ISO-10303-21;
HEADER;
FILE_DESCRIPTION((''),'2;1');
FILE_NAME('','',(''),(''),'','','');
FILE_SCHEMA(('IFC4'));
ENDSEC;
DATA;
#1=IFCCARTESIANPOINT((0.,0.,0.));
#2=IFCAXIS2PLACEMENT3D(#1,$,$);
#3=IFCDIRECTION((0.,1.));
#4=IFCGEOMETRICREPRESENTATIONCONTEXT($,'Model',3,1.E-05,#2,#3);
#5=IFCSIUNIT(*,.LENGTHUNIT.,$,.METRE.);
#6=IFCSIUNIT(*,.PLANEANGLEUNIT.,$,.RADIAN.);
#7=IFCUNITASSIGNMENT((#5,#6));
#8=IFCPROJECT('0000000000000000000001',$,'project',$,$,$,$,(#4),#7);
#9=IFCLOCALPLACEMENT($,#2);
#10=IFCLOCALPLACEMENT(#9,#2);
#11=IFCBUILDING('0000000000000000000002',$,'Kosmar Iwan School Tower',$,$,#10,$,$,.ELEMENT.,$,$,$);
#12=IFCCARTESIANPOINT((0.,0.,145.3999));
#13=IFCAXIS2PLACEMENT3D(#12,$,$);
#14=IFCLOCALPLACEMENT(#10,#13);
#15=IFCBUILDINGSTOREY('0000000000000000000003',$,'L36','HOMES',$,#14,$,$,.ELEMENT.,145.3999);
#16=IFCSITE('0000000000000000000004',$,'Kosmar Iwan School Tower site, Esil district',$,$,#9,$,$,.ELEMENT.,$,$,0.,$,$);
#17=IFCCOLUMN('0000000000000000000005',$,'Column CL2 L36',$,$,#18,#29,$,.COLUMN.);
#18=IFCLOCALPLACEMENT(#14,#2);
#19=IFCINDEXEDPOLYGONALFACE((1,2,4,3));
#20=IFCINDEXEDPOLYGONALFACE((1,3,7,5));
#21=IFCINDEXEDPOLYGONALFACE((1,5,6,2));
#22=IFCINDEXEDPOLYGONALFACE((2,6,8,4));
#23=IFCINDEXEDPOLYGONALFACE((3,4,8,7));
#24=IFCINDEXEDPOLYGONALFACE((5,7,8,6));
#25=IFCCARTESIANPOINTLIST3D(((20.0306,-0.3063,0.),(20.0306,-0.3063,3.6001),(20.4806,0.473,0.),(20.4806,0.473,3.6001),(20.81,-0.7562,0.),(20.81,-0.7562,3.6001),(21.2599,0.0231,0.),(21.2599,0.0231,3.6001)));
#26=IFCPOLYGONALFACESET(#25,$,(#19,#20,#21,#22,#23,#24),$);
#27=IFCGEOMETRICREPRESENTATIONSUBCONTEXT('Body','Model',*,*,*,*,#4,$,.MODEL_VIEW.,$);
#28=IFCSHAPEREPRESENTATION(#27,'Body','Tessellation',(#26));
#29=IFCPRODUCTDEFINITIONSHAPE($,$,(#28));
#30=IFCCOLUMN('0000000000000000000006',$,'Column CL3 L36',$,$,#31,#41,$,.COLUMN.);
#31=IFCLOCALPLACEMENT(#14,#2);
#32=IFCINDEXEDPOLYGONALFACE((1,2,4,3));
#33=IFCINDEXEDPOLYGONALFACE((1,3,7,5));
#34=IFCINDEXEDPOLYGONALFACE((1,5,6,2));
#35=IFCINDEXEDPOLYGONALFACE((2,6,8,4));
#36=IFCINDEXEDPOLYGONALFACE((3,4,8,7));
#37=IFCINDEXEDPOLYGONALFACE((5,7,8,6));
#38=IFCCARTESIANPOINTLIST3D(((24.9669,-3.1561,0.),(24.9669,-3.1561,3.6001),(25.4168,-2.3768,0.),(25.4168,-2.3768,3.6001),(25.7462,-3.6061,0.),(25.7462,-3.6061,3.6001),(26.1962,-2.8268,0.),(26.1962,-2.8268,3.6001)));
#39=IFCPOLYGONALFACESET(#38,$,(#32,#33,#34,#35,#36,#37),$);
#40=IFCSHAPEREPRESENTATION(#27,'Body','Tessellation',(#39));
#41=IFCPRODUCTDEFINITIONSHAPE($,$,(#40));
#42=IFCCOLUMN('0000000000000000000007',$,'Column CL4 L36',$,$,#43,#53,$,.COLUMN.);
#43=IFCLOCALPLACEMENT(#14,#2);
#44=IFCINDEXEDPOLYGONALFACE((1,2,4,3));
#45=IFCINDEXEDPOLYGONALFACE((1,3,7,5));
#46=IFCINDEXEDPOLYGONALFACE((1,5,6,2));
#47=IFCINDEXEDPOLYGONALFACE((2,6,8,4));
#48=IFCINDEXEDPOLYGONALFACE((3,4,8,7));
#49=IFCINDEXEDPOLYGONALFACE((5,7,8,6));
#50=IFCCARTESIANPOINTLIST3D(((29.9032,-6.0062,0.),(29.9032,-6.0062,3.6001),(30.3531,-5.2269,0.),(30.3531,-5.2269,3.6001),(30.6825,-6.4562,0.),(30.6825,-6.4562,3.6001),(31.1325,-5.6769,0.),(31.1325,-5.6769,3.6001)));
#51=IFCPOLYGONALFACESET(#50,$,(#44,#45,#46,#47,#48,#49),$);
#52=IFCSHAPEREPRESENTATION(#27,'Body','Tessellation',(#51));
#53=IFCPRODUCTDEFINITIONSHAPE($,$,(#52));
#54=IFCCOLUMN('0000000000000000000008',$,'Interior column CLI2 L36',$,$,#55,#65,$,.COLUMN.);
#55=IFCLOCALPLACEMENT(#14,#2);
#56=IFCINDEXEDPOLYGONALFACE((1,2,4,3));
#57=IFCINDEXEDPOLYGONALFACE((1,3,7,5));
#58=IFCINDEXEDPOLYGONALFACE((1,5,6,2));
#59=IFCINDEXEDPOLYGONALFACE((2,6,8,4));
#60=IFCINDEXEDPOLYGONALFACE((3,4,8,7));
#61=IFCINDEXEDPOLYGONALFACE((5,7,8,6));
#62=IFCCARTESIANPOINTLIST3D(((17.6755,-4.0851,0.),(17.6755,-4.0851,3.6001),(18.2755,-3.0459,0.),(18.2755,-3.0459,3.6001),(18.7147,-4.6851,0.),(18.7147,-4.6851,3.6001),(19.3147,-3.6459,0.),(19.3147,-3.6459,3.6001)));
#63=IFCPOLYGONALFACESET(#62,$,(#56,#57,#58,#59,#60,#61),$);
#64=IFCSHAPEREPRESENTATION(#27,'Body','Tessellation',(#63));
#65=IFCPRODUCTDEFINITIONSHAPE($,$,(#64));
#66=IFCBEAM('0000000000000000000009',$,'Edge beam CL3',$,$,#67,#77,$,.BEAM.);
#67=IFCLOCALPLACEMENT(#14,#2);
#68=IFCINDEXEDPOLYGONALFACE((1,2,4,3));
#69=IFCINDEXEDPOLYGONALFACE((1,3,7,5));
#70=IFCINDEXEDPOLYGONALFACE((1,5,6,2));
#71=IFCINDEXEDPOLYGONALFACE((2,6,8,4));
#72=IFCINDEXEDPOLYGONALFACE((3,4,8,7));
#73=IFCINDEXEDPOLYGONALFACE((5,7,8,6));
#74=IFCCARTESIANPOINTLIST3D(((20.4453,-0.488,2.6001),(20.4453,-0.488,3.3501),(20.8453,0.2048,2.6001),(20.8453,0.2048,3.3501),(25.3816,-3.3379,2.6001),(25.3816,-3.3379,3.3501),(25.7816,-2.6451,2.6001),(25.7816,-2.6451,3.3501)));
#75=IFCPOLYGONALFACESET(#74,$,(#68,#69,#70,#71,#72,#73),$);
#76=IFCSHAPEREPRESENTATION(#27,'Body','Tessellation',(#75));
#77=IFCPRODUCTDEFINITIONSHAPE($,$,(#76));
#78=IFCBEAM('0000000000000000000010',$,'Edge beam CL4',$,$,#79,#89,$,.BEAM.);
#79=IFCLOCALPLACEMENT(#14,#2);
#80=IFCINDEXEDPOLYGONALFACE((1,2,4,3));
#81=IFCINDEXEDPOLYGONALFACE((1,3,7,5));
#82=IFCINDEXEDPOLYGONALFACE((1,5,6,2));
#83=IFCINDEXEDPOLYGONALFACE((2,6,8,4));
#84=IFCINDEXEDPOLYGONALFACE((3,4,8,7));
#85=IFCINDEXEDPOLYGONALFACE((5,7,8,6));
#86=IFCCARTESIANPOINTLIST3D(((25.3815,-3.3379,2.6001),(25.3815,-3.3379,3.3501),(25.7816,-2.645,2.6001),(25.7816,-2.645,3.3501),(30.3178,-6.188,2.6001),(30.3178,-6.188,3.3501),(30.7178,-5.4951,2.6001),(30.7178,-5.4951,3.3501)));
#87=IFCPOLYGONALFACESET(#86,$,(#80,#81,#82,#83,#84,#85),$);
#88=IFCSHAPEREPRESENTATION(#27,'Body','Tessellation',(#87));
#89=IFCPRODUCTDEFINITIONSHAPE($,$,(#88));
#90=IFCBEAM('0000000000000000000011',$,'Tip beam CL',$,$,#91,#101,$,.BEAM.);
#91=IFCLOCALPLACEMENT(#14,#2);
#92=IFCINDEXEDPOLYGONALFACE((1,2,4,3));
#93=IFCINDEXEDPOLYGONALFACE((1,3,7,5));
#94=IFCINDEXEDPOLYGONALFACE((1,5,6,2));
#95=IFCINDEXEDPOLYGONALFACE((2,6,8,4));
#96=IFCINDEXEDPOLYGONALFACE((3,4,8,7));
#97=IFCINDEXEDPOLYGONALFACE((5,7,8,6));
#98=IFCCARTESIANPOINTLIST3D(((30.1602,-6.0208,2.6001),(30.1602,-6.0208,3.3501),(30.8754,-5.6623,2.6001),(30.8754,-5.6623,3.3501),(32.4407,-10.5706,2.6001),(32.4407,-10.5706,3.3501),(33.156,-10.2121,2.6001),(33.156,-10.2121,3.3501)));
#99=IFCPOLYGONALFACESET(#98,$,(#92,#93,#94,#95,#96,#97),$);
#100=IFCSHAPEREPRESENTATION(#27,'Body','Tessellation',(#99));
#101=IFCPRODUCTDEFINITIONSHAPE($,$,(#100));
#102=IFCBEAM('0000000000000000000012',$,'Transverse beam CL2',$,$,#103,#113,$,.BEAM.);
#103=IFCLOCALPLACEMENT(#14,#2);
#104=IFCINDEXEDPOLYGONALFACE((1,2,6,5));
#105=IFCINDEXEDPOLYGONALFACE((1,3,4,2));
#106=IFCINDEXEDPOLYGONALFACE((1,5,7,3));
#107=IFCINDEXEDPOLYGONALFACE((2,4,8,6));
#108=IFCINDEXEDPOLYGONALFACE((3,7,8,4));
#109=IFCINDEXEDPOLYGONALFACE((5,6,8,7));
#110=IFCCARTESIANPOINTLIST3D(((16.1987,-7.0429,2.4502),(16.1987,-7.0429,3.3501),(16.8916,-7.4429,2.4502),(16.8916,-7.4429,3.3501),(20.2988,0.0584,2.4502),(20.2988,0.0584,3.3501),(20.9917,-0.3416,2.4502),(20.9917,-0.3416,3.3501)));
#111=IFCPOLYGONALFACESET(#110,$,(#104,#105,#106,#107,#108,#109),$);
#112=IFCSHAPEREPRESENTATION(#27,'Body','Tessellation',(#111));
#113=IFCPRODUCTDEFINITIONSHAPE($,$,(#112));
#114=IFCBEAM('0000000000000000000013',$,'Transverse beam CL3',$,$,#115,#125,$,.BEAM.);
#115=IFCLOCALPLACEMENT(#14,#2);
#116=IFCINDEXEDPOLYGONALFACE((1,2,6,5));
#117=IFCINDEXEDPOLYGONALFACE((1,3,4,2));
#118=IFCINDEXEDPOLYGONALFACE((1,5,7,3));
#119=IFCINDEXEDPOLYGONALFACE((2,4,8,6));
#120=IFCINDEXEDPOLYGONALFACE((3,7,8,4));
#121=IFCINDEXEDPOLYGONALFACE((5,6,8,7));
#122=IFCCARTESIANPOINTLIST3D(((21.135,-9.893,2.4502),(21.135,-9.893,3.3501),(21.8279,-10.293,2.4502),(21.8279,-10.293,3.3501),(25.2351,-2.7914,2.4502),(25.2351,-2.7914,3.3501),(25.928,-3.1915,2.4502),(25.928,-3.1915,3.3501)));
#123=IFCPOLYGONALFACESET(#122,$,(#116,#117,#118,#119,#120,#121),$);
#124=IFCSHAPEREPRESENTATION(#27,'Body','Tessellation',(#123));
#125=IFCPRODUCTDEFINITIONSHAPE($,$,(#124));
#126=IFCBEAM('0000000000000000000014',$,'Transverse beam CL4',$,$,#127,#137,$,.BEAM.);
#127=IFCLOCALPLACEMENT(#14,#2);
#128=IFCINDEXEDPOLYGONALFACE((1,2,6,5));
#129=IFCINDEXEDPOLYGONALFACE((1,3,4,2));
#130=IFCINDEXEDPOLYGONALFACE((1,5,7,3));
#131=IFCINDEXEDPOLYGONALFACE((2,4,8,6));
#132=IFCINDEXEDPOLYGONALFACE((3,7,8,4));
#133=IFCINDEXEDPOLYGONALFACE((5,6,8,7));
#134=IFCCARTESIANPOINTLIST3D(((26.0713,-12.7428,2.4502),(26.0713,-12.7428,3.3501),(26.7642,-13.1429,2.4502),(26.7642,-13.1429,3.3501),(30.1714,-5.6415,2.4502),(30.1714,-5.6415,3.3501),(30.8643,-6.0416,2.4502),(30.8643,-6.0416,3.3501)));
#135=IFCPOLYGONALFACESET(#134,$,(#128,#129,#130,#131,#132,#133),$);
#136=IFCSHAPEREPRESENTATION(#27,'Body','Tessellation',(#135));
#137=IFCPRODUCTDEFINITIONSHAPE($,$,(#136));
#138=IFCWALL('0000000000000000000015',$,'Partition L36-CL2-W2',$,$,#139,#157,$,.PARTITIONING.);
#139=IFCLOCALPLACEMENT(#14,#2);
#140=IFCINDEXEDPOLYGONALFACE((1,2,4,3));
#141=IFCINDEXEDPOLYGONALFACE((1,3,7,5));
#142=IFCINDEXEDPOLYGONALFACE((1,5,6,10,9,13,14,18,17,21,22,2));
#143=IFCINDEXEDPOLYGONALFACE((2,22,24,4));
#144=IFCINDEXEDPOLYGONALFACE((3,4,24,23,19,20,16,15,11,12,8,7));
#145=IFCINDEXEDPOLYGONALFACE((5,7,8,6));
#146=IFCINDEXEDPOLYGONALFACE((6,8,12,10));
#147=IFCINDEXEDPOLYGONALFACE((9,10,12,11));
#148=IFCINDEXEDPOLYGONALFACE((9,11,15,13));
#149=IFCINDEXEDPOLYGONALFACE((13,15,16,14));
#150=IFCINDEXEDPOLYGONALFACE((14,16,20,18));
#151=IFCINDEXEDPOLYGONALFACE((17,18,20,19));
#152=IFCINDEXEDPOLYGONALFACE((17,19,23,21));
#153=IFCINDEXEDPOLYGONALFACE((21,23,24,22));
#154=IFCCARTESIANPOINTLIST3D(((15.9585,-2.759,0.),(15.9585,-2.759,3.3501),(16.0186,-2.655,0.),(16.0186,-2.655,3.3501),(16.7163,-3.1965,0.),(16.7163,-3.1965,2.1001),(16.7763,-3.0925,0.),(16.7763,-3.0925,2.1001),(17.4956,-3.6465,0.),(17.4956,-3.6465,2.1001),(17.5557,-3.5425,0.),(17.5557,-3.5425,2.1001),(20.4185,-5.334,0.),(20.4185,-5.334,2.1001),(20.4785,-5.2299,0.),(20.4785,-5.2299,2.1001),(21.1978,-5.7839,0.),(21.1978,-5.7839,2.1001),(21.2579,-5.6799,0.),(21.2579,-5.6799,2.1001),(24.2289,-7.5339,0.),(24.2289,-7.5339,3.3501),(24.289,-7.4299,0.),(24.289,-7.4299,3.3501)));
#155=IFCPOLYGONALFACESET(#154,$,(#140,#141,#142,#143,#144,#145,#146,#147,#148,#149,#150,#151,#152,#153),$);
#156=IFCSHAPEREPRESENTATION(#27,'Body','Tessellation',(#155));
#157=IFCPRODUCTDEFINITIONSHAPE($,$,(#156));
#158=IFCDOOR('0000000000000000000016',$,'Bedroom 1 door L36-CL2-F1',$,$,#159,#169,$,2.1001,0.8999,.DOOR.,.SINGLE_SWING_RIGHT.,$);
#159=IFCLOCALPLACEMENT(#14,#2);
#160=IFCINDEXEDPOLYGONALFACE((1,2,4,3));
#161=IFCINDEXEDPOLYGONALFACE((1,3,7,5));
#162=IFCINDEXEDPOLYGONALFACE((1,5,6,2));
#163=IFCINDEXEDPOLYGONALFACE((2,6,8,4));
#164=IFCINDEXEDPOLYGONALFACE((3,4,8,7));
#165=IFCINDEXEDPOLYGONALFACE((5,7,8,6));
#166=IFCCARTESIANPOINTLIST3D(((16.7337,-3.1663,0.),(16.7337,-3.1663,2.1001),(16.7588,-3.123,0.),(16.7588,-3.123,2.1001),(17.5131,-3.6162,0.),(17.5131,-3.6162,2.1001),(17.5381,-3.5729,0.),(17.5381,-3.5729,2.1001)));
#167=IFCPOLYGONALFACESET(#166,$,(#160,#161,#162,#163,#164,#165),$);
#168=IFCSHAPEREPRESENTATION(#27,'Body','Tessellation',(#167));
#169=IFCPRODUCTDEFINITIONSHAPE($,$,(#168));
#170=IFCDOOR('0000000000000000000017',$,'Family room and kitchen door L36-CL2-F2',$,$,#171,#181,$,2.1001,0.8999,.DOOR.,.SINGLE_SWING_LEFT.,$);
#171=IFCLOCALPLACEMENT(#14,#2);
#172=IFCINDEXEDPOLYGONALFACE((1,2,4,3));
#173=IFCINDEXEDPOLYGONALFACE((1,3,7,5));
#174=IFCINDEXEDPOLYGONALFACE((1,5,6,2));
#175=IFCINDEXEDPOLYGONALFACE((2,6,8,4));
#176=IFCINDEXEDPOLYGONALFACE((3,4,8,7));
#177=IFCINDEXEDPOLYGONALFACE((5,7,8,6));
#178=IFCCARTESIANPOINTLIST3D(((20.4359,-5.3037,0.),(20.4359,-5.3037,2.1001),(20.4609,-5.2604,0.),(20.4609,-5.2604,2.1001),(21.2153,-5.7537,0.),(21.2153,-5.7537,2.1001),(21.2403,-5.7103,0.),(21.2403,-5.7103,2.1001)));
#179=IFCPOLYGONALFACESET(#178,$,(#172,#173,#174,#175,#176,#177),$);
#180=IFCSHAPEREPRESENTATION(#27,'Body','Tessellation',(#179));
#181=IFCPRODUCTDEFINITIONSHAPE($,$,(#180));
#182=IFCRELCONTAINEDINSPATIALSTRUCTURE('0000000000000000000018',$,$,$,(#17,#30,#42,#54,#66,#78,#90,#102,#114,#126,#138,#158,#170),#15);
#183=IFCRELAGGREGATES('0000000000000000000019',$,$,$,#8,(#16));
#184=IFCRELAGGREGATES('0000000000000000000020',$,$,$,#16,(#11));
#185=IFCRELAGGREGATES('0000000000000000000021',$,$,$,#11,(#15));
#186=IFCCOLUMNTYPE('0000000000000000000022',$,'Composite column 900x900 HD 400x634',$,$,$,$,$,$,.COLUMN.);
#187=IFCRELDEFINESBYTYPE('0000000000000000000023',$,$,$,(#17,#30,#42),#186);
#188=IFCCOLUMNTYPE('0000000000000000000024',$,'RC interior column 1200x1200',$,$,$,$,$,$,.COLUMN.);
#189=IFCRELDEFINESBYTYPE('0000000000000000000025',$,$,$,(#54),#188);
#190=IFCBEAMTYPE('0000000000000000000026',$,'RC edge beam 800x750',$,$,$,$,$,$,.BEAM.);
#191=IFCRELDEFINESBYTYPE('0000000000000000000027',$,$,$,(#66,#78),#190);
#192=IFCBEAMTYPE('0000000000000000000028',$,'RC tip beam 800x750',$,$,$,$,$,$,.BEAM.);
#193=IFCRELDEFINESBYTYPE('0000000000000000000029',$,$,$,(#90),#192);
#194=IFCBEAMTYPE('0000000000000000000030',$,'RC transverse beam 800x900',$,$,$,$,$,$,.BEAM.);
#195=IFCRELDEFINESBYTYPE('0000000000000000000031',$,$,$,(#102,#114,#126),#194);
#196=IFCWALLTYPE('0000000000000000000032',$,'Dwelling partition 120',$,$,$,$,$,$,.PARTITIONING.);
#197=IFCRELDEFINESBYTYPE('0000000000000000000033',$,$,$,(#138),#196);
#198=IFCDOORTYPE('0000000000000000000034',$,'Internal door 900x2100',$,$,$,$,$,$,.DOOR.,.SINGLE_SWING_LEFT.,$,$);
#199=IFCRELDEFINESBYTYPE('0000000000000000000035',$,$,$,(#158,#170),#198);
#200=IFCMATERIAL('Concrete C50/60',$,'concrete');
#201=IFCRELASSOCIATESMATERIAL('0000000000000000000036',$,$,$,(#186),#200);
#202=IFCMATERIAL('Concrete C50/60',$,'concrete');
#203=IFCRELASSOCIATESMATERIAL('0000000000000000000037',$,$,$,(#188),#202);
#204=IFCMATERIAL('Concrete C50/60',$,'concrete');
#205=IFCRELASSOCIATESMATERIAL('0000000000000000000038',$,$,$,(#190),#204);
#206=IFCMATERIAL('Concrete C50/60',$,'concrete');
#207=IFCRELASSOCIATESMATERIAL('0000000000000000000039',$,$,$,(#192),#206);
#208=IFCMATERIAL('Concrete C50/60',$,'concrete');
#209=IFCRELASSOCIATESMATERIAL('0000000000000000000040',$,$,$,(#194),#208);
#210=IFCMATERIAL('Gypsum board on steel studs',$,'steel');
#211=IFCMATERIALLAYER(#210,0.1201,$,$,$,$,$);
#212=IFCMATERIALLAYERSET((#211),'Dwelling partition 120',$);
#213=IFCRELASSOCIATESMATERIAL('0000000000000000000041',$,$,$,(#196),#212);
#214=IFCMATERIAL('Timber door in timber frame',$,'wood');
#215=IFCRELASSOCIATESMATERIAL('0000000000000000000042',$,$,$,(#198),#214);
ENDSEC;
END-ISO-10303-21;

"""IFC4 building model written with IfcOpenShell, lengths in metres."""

from ifc_helpers import new_model, si_unit, direction, frame, frame_2d, origin, origin_2d, place, context, subcontext, project, spatial, rectangle, extrude, material, layer, layer_set, material_profile, profile_set, type_object, element, fill, save


model = new_model("IFC4")

# Units and contexts
model_context = context("Model", 3, precision=1e-05, world=origin(), true_north=direction((0.0, 1.0)))
body_context = subcontext(model_context, "Body", "Model", "MODEL_VIEW")
ifc_project = project(units=[si_unit("LENGTHUNIT", "METRE"), si_unit("PLANEANGLEUNIT", "RADIAN")], contexts=[model_context])

# Site, building, storey
site_placement = place(None, origin())
site = spatial("IfcSite", under=ifc_project, at=site_placement, Name="Kosmar Iwan School Tower site, Esil district", CompositionType="ELEMENT", RefElevation=0.0)
building_placement = place(site_placement, origin())
building = spatial("IfcBuilding", under=site, at=building_placement, Name="Kosmar Iwan School Tower", CompositionType="ELEMENT")
storey_placement = place(building_placement, frame((0.0, 0.0, 145.3999)))
storey = spatial("IfcBuildingStorey", under=building, at=storey_placement, Name="L36", Description="HOMES", CompositionType="ELEMENT", Elevation=145.3999)

# Columns
ifc_material_1 = material(Name="Concrete C50/60", Category="concrete")
ifc_material_profile_1 = material_profile(ifc_material_1, rectangle(XDim=0.8999, YDim=0.8999, at=origin_2d()), Name="RC 900x900 + HD 400x634")
ifc_profile_set_1 = profile_set([ifc_material_profile_1], Name="Concrete C50/60")
column_type_1 = type_object("IfcColumnType", Name="Composite column 900x900 HD 400x634", PredefinedType="COLUMN", material=ifc_profile_set_1)
for number, where, z_axis, x_axis, name in (
    (1, (20.6453, -0.1416, 0.0), (0.0, 0.0, 1.0), (0.866025, -0.5, 0.0), "Column CL2 L36"),
    (2, (25.5815, -2.9915, 0.0), (0.0, 0.0, 1.0), (0.866025, -0.5, 0.0), "Column CL3 L36"),
    (3, (30.5178, -5.8416, 0.0), (0.0, 0.0, 1.0), (0.866025, -0.5, 0.0), "Column CL4 L36"),
):
    element("IfcColumn", number, at=place(storey_placement, frame(where, z_axis=z_axis, x_axis=x_axis)), inside=storey, type_object=column_type_1, Name=name, PredefinedType="COLUMN", context=body_context, shape_type="SweptSolid", body=[
        extrude(rectangle(XDim=0.8999, YDim=0.8999, at=origin_2d()), origin(), (0.0, 0.0, 1.0), 3.6001),
    ])
ifc_material_2 = material(Name="Concrete C50/60", Category="concrete")
ifc_material_profile_2 = material_profile(ifc_material_2, rectangle(XDim=1.2, YDim=1.2, at=origin_2d()), Name="RC 1200x1200")
ifc_profile_set_2 = profile_set([ifc_material_profile_2], Name="Concrete C50/60")
column_type_2 = type_object("IfcColumnType", Name="RC interior column 1200x1200", PredefinedType="COLUMN", material=ifc_profile_set_2)
column_placement = place(storey_placement, frame((18.4951, -3.8655, 0.0), z_axis=(0.0, 0.0, 1.0), x_axis=(0.866025, -0.5, 0.0)))
element("IfcColumn", 4, at=column_placement, inside=storey, type_object=column_type_2, Name="Interior column CLI2 L36", PredefinedType="COLUMN", context=body_context, shape_type="SweptSolid", body=[
    extrude(rectangle(XDim=1.2, YDim=1.2, at=origin_2d()), origin(), (0.0, 0.0, 1.0), 3.6001),
])

# Beams
ifc_material_3 = material(Name="Concrete C50/60", Category="concrete")
ifc_material_profile_3 = material_profile(ifc_material_3, rectangle(XDim=0.8, YDim=0.75, at=origin_2d()), Name="RC 800x750")
ifc_profile_set_3 = profile_set([ifc_material_profile_3], Name="Concrete C50/60")
beam_type_1 = type_object("IfcBeamType", Name="RC edge beam 800x750", PredefinedType="BEAM", material=ifc_profile_set_3)
for number, where, z_axis, x_axis, name in (
    (5, (20.6453, -0.1416, 2.9751), (0.866034, -0.499986, 0.0), (0.499986, 0.866034, 0.0), "Edge beam CL3"),
    (6, (25.5815, -2.9915, 2.9751), (0.866015, -0.500018, 0.0), (0.500018, 0.866015, 0.0), "Edge beam CL4"),
):
    element("IfcBeam", number, at=place(storey_placement, frame(where, z_axis=z_axis, x_axis=x_axis)), inside=storey, type_object=beam_type_1, Name=name, PredefinedType="BEAM", context=body_context, shape_type="SweptSolid", body=[
        extrude(rectangle(XDim=0.8, YDim=0.75, at=origin_2d()), origin(), (0.0, 0.0, 1.0), 5.7),
    ])
ifc_material_4 = material(Name="Concrete C50/60", Category="concrete")
ifc_material_profile_4 = material_profile(ifc_material_4, rectangle(XDim=0.8, YDim=0.75, at=origin_2d()), Name="RC 800x750")
ifc_profile_set_4 = profile_set([ifc_material_profile_4], Name="Concrete C50/60")
beam_type_2 = type_object("IfcBeamType", Name="RC tip beam 800x750", PredefinedType="BEAM", material=ifc_profile_set_4)
beam_1_placement = place(storey_placement, frame((30.5178, -5.8416, 2.9751), z_axis=(0.448096, -0.893985, 0.0), x_axis=(0.893985, 0.448096, 0.0)))
element("IfcBeam", 7, at=beam_1_placement, inside=storey, type_object=beam_type_2, Name="Tip beam CL", PredefinedType="BEAM", context=body_context, shape_type="SweptSolid", body=[
    extrude(rectangle(XDim=0.8, YDim=0.75, at=origin_2d()), origin(), (0.0, 0.0, 1.0), 5.0894),
])
ifc_material_5 = material(Name="Concrete C50/60", Category="concrete")
ifc_material_profile_5 = material_profile(ifc_material_5, rectangle(XDim=0.8, YDim=0.8999, at=origin_2d()), Name="RC 800x900")
ifc_profile_set_5 = profile_set([ifc_material_profile_5], Name="Concrete C50/60")
beam_type_3 = type_object("IfcBeamType", Name="RC transverse beam 800x900", PredefinedType="BEAM", material=ifc_profile_set_5)
beam_2_placement = place(storey_placement, frame((20.6453, -0.1416, 2.9001), z_axis=(-0.500014, -0.866018, 0.0), x_axis=(0.866018, -0.500014, 0.0)))
element("IfcBeam", 8, at=beam_2_placement, inside=storey, type_object=beam_type_3, Name="Transverse beam CL2", PredefinedType="BEAM", context=body_context, shape_type="SweptSolid", body=[
    extrude(rectangle(XDim=0.8, YDim=0.8999, at=origin_2d()), origin(), (0.0, 0.0, 1.0), 8.2),
])
beam_3_placement = place(storey_placement, frame((25.5815, -2.9915, 2.9001), z_axis=(-0.500001, -0.866025, 0.0), x_axis=(0.866025, -0.500001, 0.0)))
element("IfcBeam", 9, at=beam_3_placement, inside=storey, type_object=beam_type_3, Name="Transverse beam CL3", PredefinedType="BEAM", context=body_context, shape_type="SweptSolid", body=[
    extrude(rectangle(XDim=0.8, YDim=0.8999, at=origin_2d()), origin(), (0.0, 0.0, 1.0), 8.2002),
])
beam_4_placement = place(storey_placement, frame((30.5178, -5.8416, 2.9001), z_axis=(-0.500014, -0.866018, 0.0), x_axis=(0.866018, -0.500014, 0.0)))
element("IfcBeam", 10, at=beam_4_placement, inside=storey, type_object=beam_type_3, Name="Transverse beam CL4", PredefinedType="BEAM", context=body_context, shape_type="SweptSolid", body=[
    extrude(rectangle(XDim=0.8, YDim=0.8999, at=origin_2d()), origin(), (0.0, 0.0, 1.0), 8.2),
])

# Wall, openings, doors
ifc_material_6 = material(Name="Gypsum board on steel studs", Category="steel")
ifc_layer_1 = layer(ifc_material_6, 0.1201)
ifc_layer_set_1 = layer_set([ifc_layer_1], Name="Dwelling partition 120")
wall_type_1 = type_object("IfcWallType", Name="Dwelling partition 120", PredefinedType="PARTITIONING", material=ifc_layer_set_1)
wall_1_placement = place(storey_placement, frame((15.9885, -2.707, 0.0), z_axis=(0.0, 0.0, 1.0), x_axis=(0.866029, -0.499994, 0.0)))
wall_1 = element("IfcWall", 11, at=wall_1_placement, inside=storey, type_object=wall_type_1, Name="Partition L36-CL2-W2", PredefinedType="PARTITIONING", context=body_context, shape_type="SweptSolid", body=[
    extrude(rectangle(XDim=9.5498, YDim=0.1201, at=frame_2d((4.7749, 0.0))), origin(), (0.0, 0.0, 1.0), 3.3501),
])
opening_1_placement = place(wall_1_placement, frame((0.875, 0.0, 0.0)))
opening_1 = element("IfcOpeningElement", 12, at=opening_1_placement, cuts=wall_1, PredefinedType="OPENING", context=body_context, shape_type="SweptSolid", body=[
    extrude(rectangle(XDim=0.8999, YDim=2.1001, at=frame_2d((0.45, 1.05))), frame((0.0, 0.072, 0.0), z_axis=(0.0, -1.0, 0.0), x_axis=(1.0, 0.0, 0.0)), (0.0, 0.0, 1.0), 0.144),
])
opening_2_placement = place(wall_1_placement, frame((5.1499, 0.0, 0.0)))
opening_2 = element("IfcOpeningElement", 13, at=opening_2_placement, cuts=wall_1, PredefinedType="OPENING", context=body_context, shape_type="SweptSolid", body=[
    extrude(rectangle(XDim=0.8999, YDim=2.1001, at=frame_2d((0.45, 1.05))), frame((0.0, 0.072, 0.0), z_axis=(0.0, -1.0, 0.0), x_axis=(1.0, 0.0, 0.0)), (0.0, 0.0, 1.0), 0.144),
])
ifc_material_7 = material(Name="Timber door in timber frame", Category="wood")
door_type = type_object("IfcDoorType", Name="Internal door 900x2100", OperationType="SINGLE_SWING_LEFT", PredefinedType="DOOR", material=ifc_material_7)
door_1_placement = place(opening_1_placement, origin())
door_1 = element("IfcDoor", 14, at=door_1_placement, inside=storey, type_object=door_type, Name="Bedroom 1 door L36-CL2-F1", OperationType="SINGLE_SWING_RIGHT", OverallHeight=2.1001, OverallWidth=0.8999, PredefinedType="DOOR", context=body_context, shape_type="SweptSolid", body=[
    extrude(rectangle(XDim=0.8999, YDim=2.1001, at=frame_2d((0.45, 1.05))), frame((0.0, 0.0249, 0.0), z_axis=(0.0, -1.0, 0.0), x_axis=(1.0, 0.0, 0.0)), (0.0, 0.0, 1.0), 0.05),
])
fill(opening_1, door_1)
door_2_placement = place(opening_2_placement, origin())
door_2 = element("IfcDoor", 15, at=door_2_placement, inside=storey, type_object=door_type, Name="Family room and kitchen door L36-CL2-F2", OperationType="SINGLE_SWING_LEFT", OverallHeight=2.1001, OverallWidth=0.8999, PredefinedType="DOOR", context=body_context, shape_type="SweptSolid", body=[
    extrude(rectangle(XDim=0.8999, YDim=2.1001, at=frame_2d((0.45, 1.05))), frame((0.0, 0.0249, 0.0), z_axis=(0.0, -1.0, 0.0), x_axis=(1.0, 0.0, 0.0)), (0.0, 0.0, 1.0), 0.05),
])
fill(opening_2, door_2)

save(model, "model.ifc")
